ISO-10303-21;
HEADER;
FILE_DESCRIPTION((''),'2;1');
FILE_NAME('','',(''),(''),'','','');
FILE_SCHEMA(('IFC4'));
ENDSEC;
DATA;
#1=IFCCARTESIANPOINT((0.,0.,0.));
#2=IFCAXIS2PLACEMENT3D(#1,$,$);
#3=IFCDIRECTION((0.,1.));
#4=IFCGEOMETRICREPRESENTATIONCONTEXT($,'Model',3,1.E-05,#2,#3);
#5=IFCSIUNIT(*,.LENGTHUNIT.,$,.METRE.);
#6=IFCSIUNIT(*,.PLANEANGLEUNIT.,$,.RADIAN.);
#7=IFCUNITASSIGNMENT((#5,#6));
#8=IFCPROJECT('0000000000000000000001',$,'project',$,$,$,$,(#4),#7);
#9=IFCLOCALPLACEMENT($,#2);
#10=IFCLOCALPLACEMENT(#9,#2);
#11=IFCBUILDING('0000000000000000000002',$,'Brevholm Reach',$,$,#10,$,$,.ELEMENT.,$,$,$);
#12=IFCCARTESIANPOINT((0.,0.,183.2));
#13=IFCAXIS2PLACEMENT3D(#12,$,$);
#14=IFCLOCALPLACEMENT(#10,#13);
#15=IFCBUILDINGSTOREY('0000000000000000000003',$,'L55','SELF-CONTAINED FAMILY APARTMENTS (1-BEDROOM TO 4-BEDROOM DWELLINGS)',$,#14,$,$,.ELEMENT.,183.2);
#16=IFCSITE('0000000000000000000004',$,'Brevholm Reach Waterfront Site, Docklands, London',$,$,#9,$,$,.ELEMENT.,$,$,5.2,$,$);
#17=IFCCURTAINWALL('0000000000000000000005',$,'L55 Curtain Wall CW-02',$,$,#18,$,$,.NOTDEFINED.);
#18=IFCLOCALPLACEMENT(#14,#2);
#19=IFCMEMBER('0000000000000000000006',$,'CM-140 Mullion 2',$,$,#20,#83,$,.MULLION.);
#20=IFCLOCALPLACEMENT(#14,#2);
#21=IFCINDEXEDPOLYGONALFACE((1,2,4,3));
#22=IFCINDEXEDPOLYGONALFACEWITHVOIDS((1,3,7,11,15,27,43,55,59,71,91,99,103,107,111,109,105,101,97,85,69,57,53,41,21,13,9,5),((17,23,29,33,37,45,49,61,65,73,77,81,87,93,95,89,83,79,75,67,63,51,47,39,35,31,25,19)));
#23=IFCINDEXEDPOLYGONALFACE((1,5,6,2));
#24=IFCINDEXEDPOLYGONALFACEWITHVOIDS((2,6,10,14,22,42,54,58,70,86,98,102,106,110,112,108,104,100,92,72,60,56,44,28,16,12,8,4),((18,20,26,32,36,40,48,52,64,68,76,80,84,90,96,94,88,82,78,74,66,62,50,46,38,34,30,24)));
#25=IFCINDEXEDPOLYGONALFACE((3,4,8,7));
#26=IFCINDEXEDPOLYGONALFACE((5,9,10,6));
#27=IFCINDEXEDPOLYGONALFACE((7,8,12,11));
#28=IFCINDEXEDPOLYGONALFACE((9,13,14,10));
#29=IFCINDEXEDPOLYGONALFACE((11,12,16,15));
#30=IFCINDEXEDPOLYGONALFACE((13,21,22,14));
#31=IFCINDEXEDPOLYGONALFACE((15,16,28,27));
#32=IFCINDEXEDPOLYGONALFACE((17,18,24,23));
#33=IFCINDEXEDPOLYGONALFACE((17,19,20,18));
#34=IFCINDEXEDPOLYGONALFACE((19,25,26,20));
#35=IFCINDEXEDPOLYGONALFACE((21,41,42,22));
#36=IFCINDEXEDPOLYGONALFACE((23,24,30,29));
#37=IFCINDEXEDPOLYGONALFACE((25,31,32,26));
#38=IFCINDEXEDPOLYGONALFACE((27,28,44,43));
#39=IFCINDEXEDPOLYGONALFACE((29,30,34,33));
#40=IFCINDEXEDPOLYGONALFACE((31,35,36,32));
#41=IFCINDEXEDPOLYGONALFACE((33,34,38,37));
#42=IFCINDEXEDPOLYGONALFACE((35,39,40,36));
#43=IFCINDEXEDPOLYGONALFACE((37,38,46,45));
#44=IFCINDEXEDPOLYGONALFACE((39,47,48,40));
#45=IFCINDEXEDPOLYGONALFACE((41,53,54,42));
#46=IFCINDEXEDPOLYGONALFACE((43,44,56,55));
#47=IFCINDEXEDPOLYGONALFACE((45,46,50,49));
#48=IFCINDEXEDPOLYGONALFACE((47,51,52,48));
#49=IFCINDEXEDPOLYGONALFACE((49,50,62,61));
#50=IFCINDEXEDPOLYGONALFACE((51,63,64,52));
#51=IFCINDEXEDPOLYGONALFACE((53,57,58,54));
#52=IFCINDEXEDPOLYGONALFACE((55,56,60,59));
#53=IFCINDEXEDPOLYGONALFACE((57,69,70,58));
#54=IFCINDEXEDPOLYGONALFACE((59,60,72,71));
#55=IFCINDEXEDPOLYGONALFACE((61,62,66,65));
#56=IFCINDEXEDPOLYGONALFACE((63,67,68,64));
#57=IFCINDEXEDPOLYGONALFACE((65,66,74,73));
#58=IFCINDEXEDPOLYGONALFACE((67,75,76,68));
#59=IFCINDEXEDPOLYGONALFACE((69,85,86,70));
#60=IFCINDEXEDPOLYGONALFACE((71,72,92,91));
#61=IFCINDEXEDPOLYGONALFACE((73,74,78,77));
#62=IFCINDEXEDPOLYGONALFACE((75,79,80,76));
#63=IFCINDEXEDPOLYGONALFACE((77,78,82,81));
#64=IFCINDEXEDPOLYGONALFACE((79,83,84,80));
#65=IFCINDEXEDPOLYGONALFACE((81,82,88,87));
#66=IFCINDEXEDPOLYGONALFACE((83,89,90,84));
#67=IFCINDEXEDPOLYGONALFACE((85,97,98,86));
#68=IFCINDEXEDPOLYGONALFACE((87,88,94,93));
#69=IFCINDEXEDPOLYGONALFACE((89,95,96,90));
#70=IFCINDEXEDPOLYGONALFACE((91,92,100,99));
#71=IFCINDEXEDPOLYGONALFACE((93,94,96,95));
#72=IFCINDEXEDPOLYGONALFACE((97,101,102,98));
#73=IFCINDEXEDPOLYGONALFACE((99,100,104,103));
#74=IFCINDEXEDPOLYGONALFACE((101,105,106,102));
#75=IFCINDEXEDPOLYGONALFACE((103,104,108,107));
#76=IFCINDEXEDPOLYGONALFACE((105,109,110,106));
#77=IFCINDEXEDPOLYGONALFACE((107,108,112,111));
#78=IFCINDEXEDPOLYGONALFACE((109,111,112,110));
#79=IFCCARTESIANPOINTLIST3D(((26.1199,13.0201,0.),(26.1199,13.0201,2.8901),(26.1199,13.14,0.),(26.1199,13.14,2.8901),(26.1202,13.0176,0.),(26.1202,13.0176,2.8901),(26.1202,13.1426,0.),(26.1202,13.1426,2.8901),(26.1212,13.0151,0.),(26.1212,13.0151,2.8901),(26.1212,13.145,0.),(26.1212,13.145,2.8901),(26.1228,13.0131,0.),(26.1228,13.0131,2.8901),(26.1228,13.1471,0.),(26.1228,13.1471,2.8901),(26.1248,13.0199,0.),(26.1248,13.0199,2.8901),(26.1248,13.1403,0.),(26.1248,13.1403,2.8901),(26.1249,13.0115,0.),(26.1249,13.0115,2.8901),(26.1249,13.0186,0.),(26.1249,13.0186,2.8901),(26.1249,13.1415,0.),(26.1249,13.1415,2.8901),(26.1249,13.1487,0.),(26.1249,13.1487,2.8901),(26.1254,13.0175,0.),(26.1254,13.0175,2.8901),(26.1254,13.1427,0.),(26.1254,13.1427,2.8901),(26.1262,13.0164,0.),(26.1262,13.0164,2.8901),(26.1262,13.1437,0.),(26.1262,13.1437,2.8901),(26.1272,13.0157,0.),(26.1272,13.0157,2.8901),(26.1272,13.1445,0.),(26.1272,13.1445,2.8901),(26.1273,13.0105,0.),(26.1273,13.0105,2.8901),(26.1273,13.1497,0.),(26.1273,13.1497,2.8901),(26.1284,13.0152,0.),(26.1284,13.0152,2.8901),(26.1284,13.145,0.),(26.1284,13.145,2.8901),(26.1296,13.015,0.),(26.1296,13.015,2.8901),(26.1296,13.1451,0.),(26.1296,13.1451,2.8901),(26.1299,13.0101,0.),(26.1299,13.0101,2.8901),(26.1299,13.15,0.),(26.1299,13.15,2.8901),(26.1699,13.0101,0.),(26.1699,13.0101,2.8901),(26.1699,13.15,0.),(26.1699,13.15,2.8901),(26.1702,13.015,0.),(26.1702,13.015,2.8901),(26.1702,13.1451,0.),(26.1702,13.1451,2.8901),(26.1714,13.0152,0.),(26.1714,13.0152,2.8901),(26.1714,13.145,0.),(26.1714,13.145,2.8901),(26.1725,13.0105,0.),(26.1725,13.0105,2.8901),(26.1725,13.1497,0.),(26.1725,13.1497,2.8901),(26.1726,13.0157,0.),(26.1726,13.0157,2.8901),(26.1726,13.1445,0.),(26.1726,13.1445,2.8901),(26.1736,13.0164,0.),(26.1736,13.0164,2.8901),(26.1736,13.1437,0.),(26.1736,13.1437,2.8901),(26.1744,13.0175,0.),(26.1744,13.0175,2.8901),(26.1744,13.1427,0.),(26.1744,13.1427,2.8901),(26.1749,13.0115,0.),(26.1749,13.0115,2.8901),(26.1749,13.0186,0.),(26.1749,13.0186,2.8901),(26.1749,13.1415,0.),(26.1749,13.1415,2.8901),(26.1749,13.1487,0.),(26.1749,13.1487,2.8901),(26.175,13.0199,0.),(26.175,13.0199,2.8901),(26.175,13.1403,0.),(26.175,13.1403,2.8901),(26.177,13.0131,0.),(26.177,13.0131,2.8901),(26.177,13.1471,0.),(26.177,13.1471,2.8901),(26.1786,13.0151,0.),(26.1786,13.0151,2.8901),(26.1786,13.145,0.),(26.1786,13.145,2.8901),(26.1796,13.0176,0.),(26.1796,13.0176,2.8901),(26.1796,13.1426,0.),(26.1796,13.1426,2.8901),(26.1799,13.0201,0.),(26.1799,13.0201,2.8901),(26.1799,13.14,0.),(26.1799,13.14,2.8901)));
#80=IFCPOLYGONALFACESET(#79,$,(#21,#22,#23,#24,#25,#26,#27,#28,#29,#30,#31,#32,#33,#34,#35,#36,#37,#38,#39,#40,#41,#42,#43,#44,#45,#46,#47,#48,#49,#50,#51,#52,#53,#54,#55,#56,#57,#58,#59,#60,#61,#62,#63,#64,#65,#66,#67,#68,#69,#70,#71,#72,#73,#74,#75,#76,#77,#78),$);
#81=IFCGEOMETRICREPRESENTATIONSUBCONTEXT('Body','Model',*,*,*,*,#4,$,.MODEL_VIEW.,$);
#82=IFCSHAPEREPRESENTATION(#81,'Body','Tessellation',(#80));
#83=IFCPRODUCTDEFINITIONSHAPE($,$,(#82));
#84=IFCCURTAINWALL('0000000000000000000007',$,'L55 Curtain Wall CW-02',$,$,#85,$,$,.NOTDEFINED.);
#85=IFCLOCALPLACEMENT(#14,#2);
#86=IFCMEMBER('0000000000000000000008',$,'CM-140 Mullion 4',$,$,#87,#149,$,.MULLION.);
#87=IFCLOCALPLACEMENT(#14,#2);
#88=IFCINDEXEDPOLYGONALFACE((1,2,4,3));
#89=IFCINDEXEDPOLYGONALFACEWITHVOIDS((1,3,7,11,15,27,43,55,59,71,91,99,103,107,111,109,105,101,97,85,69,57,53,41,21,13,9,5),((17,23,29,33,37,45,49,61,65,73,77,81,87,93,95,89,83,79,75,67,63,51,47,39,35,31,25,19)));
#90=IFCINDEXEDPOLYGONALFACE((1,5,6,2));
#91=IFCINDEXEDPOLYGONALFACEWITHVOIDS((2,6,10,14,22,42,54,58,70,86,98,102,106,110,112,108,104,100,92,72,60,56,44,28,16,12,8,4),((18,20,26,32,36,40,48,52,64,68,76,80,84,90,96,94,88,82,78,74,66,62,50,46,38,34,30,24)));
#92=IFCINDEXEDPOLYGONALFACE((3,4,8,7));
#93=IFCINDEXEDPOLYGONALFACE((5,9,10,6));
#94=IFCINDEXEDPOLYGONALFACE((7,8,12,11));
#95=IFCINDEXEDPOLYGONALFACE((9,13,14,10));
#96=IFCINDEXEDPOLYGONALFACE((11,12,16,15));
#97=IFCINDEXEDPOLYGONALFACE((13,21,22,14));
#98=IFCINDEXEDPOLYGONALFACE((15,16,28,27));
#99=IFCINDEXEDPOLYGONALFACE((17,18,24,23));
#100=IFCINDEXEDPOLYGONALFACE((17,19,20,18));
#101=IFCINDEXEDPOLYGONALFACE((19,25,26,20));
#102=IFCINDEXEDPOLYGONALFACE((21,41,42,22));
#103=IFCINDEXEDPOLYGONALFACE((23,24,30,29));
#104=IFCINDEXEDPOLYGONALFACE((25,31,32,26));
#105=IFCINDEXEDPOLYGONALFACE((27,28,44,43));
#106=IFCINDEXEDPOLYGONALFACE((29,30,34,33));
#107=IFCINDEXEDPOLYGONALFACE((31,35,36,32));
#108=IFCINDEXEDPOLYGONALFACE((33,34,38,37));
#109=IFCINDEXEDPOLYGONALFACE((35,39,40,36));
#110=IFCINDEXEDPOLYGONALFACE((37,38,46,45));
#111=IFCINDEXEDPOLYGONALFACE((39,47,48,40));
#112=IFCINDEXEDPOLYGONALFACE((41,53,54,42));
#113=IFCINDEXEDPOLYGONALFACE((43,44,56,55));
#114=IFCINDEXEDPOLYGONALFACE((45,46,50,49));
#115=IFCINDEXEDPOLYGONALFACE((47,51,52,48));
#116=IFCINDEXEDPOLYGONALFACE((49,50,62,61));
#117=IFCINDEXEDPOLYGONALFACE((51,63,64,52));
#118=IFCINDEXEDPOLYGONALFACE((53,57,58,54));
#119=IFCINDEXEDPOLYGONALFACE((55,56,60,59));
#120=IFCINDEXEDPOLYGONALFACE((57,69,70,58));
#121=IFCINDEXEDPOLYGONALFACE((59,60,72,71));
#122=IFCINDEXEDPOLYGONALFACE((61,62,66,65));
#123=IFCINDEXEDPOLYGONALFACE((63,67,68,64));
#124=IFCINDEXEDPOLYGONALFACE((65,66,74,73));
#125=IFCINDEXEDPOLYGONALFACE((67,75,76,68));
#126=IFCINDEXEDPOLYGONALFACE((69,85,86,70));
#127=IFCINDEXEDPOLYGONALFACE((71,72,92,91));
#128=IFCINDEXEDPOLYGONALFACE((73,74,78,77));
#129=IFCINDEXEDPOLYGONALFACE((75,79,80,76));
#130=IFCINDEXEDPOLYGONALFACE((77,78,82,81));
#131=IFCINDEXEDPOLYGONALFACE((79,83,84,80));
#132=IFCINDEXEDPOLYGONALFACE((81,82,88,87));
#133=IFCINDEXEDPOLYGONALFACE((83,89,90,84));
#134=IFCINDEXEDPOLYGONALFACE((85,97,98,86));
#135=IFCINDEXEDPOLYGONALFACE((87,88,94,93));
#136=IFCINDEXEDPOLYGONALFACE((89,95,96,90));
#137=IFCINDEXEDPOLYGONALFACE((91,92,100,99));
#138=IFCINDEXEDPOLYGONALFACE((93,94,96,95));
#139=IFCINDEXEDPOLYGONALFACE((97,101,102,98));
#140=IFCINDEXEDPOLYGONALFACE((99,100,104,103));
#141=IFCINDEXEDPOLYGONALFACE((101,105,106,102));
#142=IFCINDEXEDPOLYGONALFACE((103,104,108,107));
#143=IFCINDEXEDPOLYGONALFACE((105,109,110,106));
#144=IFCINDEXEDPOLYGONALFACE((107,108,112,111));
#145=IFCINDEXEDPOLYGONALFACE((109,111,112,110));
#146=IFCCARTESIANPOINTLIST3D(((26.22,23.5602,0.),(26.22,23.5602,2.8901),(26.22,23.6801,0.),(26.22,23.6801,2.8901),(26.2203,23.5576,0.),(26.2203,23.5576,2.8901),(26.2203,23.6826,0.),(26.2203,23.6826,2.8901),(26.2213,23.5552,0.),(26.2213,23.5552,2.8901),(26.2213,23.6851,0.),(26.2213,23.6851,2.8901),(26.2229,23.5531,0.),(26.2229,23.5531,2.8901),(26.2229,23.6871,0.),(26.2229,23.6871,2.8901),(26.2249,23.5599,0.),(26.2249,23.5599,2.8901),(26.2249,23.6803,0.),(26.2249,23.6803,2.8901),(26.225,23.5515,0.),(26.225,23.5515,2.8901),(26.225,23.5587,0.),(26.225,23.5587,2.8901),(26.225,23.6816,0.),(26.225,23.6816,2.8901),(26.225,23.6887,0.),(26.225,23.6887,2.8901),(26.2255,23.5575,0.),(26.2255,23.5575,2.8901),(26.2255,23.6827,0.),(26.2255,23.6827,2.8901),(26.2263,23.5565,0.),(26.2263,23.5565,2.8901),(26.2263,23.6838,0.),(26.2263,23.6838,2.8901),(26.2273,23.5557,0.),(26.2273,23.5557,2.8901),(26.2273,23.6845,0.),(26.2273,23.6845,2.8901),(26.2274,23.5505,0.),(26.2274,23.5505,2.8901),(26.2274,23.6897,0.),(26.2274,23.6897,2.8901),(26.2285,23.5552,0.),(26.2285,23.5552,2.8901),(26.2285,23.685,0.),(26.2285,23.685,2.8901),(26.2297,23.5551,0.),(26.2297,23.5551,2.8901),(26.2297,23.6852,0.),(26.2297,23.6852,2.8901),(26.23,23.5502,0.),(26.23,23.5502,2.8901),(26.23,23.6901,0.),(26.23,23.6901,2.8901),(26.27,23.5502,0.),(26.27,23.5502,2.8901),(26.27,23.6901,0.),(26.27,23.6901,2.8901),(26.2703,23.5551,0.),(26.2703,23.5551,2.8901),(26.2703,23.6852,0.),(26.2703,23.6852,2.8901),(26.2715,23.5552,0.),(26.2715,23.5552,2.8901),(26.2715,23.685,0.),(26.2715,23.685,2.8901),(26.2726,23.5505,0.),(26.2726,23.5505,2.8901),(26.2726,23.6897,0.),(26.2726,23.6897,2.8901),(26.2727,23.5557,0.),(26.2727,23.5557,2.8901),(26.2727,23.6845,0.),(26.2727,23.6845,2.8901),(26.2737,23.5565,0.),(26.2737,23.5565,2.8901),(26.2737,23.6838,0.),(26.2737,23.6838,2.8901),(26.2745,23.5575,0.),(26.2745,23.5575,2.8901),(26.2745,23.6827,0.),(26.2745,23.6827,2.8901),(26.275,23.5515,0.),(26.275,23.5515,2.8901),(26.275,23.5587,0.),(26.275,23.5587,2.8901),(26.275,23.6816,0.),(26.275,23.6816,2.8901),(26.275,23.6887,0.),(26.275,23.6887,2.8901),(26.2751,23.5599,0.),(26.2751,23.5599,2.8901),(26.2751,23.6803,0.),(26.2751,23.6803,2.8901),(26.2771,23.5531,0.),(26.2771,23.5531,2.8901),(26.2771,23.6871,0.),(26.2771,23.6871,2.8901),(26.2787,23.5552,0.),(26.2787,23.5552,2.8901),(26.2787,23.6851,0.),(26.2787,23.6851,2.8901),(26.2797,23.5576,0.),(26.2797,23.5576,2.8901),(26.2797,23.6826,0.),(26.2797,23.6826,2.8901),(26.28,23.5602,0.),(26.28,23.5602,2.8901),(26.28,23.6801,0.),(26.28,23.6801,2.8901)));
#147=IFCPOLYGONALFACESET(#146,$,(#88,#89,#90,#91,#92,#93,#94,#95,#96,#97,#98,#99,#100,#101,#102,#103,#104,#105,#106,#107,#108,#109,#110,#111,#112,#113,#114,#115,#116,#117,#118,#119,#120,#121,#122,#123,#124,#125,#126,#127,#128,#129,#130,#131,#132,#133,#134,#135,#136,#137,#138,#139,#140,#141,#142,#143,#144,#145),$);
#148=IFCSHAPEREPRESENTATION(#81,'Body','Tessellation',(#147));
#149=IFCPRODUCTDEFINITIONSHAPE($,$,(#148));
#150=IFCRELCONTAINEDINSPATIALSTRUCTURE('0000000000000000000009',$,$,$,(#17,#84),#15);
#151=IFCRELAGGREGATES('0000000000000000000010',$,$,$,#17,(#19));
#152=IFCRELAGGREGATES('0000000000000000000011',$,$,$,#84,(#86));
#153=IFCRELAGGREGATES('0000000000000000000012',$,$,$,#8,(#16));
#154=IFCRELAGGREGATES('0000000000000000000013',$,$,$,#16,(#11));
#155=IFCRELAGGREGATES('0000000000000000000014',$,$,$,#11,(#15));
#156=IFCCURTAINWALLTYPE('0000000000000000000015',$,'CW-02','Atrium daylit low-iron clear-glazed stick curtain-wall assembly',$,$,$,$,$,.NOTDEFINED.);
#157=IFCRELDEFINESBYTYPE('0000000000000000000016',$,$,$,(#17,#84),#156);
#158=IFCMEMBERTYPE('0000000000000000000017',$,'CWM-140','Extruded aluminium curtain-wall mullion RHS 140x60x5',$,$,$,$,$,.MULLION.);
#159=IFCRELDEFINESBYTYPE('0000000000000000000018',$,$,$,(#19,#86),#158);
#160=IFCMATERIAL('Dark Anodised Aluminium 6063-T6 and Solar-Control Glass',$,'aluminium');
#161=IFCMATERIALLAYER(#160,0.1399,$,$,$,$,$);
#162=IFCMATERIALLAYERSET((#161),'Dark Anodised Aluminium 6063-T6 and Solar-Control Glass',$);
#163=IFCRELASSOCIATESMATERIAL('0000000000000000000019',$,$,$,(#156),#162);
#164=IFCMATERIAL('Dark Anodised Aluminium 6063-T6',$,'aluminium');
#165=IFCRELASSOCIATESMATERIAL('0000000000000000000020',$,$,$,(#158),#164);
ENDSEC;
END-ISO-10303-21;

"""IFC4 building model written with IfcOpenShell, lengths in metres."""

from ifc_helpers import new_model, si_unit, direction, frame, origin, origin_2d, place, context, subcontext, project, spatial, hollow_rectangle, extrude, material, layer, layer_set, material_profile, profile_set, type_object, element, aggregate, save


model = new_model("IFC4")

# Units and contexts
model_context = context("Model", 3, precision=1e-05, world=origin(), true_north=direction((0.0, 1.0)))
body_context = subcontext(model_context, "Body", "Model", "MODEL_VIEW")
ifc_project = project(units=[si_unit("LENGTHUNIT", "METRE"), si_unit("PLANEANGLEUNIT", "RADIAN")], contexts=[model_context])

# Site, building, storey
site_placement = place(None, origin())
site = spatial("IfcSite", under=ifc_project, at=site_placement, Name="Brevholm Reach Waterfront Site, Docklands, London", CompositionType="ELEMENT", RefElevation=5.2)
building_placement = place(site_placement, origin())
building = spatial("IfcBuilding", under=site, at=building_placement, Name="Brevholm Reach", CompositionType="ELEMENT")
storey_placement = place(building_placement, frame((0.0, 0.0, 183.2)))
storey = spatial("IfcBuildingStorey", under=building, at=storey_placement, Name="L55", Description="SELF-CONTAINED FAMILY APARTMENTS (1-BEDROOM TO 4-BEDROOM DWELLINGS)", CompositionType="ELEMENT", Elevation=183.2)

# Curtain wall, member
ifc_material_1 = material(Name="Dark Anodised Aluminium 6063-T6 and Solar-Control Glass", Category="aluminium")
ifc_layer_1 = layer(ifc_material_1, 0.1399)
ifc_layer_set_1 = layer_set([ifc_layer_1], Name="Dark Anodised Aluminium 6063-T6 and Solar-Control Glass")
curtain_wall_type_1 = type_object("IfcCurtainWallType", Name="CW-02", Description="Atrium daylit low-iron clear-glazed stick curtain-wall assembly", PredefinedType="NOTDEFINED", material=ifc_layer_set_1)
curtain_wall_1_placement = place(storey_placement, origin())
curtain_wall_1 = element("IfcCurtainWall", 1, at=curtain_wall_1_placement, inside=storey, type_object=curtain_wall_type_1, Name="L55 Curtain Wall CW-02", PredefinedType="NOTDEFINED")
ifc_material_2 = material(Name="Dark Anodised Aluminium 6063-T6", Category="aluminium")
ifc_material_profile_1 = material_profile(ifc_material_2, hollow_rectangle(XDim=0.0601, YDim=0.1399, WallThickness=0.0049, InnerFilletRadius=0.0049, OuterFilletRadius=0.01, at=origin_2d()), Name="RHS 140x60x5")
ifc_profile_set_1 = profile_set([ifc_material_profile_1], Name="Dark Anodised Aluminium 6063-T6")
member_type_1 = type_object("IfcMemberType", Name="CWM-140", Description="Extruded aluminium curtain-wall mullion RHS 140x60x5", PredefinedType="MULLION", material=ifc_profile_set_1)
member_1_placement = place(storey_placement, frame((26.1499, 13.0801, 0.0), z_axis=(0.0, 0.0, 1.0), x_axis=(1.0, 0.0, 0.0)))
member_1 = element("IfcMember", 2, at=member_1_placement, type_object=member_type_1, Name="CM-140 Mullion 2", PredefinedType="MULLION", context=body_context, shape_type="SweptSolid", body=[
    extrude(hollow_rectangle(XDim=0.0601, YDim=0.1399, WallThickness=0.0049, InnerFilletRadius=0.0049, OuterFilletRadius=0.01, at=origin_2d()), origin(), (0.0, 0.0, 1.0), 2.8901),
])

# Curtain wall, member
curtain_wall_2_placement = place(storey_placement, origin())
curtain_wall_2 = element("IfcCurtainWall", 3, at=curtain_wall_2_placement, inside=storey, type_object=curtain_wall_type_1, Name="L55 Curtain Wall CW-02", PredefinedType="NOTDEFINED")
member_2_placement = place(storey_placement, frame((26.25, 23.6201, 0.0), z_axis=(0.0, 0.0, 1.0), x_axis=(-1.0, 0.0, 0.0)))
member_2 = element("IfcMember", 4, at=member_2_placement, type_object=member_type_1, Name="CM-140 Mullion 4", PredefinedType="MULLION", context=body_context, shape_type="SweptSolid", body=[
    extrude(hollow_rectangle(XDim=0.0601, YDim=0.1399, WallThickness=0.0049, InnerFilletRadius=0.0049, OuterFilletRadius=0.01, at=origin_2d()), origin(), (0.0, 0.0, 1.0), 2.8901),
])

aggregate(curtain_wall_1, [member_1])
aggregate(curtain_wall_2, [member_2])

save(model, "model.ifc")
